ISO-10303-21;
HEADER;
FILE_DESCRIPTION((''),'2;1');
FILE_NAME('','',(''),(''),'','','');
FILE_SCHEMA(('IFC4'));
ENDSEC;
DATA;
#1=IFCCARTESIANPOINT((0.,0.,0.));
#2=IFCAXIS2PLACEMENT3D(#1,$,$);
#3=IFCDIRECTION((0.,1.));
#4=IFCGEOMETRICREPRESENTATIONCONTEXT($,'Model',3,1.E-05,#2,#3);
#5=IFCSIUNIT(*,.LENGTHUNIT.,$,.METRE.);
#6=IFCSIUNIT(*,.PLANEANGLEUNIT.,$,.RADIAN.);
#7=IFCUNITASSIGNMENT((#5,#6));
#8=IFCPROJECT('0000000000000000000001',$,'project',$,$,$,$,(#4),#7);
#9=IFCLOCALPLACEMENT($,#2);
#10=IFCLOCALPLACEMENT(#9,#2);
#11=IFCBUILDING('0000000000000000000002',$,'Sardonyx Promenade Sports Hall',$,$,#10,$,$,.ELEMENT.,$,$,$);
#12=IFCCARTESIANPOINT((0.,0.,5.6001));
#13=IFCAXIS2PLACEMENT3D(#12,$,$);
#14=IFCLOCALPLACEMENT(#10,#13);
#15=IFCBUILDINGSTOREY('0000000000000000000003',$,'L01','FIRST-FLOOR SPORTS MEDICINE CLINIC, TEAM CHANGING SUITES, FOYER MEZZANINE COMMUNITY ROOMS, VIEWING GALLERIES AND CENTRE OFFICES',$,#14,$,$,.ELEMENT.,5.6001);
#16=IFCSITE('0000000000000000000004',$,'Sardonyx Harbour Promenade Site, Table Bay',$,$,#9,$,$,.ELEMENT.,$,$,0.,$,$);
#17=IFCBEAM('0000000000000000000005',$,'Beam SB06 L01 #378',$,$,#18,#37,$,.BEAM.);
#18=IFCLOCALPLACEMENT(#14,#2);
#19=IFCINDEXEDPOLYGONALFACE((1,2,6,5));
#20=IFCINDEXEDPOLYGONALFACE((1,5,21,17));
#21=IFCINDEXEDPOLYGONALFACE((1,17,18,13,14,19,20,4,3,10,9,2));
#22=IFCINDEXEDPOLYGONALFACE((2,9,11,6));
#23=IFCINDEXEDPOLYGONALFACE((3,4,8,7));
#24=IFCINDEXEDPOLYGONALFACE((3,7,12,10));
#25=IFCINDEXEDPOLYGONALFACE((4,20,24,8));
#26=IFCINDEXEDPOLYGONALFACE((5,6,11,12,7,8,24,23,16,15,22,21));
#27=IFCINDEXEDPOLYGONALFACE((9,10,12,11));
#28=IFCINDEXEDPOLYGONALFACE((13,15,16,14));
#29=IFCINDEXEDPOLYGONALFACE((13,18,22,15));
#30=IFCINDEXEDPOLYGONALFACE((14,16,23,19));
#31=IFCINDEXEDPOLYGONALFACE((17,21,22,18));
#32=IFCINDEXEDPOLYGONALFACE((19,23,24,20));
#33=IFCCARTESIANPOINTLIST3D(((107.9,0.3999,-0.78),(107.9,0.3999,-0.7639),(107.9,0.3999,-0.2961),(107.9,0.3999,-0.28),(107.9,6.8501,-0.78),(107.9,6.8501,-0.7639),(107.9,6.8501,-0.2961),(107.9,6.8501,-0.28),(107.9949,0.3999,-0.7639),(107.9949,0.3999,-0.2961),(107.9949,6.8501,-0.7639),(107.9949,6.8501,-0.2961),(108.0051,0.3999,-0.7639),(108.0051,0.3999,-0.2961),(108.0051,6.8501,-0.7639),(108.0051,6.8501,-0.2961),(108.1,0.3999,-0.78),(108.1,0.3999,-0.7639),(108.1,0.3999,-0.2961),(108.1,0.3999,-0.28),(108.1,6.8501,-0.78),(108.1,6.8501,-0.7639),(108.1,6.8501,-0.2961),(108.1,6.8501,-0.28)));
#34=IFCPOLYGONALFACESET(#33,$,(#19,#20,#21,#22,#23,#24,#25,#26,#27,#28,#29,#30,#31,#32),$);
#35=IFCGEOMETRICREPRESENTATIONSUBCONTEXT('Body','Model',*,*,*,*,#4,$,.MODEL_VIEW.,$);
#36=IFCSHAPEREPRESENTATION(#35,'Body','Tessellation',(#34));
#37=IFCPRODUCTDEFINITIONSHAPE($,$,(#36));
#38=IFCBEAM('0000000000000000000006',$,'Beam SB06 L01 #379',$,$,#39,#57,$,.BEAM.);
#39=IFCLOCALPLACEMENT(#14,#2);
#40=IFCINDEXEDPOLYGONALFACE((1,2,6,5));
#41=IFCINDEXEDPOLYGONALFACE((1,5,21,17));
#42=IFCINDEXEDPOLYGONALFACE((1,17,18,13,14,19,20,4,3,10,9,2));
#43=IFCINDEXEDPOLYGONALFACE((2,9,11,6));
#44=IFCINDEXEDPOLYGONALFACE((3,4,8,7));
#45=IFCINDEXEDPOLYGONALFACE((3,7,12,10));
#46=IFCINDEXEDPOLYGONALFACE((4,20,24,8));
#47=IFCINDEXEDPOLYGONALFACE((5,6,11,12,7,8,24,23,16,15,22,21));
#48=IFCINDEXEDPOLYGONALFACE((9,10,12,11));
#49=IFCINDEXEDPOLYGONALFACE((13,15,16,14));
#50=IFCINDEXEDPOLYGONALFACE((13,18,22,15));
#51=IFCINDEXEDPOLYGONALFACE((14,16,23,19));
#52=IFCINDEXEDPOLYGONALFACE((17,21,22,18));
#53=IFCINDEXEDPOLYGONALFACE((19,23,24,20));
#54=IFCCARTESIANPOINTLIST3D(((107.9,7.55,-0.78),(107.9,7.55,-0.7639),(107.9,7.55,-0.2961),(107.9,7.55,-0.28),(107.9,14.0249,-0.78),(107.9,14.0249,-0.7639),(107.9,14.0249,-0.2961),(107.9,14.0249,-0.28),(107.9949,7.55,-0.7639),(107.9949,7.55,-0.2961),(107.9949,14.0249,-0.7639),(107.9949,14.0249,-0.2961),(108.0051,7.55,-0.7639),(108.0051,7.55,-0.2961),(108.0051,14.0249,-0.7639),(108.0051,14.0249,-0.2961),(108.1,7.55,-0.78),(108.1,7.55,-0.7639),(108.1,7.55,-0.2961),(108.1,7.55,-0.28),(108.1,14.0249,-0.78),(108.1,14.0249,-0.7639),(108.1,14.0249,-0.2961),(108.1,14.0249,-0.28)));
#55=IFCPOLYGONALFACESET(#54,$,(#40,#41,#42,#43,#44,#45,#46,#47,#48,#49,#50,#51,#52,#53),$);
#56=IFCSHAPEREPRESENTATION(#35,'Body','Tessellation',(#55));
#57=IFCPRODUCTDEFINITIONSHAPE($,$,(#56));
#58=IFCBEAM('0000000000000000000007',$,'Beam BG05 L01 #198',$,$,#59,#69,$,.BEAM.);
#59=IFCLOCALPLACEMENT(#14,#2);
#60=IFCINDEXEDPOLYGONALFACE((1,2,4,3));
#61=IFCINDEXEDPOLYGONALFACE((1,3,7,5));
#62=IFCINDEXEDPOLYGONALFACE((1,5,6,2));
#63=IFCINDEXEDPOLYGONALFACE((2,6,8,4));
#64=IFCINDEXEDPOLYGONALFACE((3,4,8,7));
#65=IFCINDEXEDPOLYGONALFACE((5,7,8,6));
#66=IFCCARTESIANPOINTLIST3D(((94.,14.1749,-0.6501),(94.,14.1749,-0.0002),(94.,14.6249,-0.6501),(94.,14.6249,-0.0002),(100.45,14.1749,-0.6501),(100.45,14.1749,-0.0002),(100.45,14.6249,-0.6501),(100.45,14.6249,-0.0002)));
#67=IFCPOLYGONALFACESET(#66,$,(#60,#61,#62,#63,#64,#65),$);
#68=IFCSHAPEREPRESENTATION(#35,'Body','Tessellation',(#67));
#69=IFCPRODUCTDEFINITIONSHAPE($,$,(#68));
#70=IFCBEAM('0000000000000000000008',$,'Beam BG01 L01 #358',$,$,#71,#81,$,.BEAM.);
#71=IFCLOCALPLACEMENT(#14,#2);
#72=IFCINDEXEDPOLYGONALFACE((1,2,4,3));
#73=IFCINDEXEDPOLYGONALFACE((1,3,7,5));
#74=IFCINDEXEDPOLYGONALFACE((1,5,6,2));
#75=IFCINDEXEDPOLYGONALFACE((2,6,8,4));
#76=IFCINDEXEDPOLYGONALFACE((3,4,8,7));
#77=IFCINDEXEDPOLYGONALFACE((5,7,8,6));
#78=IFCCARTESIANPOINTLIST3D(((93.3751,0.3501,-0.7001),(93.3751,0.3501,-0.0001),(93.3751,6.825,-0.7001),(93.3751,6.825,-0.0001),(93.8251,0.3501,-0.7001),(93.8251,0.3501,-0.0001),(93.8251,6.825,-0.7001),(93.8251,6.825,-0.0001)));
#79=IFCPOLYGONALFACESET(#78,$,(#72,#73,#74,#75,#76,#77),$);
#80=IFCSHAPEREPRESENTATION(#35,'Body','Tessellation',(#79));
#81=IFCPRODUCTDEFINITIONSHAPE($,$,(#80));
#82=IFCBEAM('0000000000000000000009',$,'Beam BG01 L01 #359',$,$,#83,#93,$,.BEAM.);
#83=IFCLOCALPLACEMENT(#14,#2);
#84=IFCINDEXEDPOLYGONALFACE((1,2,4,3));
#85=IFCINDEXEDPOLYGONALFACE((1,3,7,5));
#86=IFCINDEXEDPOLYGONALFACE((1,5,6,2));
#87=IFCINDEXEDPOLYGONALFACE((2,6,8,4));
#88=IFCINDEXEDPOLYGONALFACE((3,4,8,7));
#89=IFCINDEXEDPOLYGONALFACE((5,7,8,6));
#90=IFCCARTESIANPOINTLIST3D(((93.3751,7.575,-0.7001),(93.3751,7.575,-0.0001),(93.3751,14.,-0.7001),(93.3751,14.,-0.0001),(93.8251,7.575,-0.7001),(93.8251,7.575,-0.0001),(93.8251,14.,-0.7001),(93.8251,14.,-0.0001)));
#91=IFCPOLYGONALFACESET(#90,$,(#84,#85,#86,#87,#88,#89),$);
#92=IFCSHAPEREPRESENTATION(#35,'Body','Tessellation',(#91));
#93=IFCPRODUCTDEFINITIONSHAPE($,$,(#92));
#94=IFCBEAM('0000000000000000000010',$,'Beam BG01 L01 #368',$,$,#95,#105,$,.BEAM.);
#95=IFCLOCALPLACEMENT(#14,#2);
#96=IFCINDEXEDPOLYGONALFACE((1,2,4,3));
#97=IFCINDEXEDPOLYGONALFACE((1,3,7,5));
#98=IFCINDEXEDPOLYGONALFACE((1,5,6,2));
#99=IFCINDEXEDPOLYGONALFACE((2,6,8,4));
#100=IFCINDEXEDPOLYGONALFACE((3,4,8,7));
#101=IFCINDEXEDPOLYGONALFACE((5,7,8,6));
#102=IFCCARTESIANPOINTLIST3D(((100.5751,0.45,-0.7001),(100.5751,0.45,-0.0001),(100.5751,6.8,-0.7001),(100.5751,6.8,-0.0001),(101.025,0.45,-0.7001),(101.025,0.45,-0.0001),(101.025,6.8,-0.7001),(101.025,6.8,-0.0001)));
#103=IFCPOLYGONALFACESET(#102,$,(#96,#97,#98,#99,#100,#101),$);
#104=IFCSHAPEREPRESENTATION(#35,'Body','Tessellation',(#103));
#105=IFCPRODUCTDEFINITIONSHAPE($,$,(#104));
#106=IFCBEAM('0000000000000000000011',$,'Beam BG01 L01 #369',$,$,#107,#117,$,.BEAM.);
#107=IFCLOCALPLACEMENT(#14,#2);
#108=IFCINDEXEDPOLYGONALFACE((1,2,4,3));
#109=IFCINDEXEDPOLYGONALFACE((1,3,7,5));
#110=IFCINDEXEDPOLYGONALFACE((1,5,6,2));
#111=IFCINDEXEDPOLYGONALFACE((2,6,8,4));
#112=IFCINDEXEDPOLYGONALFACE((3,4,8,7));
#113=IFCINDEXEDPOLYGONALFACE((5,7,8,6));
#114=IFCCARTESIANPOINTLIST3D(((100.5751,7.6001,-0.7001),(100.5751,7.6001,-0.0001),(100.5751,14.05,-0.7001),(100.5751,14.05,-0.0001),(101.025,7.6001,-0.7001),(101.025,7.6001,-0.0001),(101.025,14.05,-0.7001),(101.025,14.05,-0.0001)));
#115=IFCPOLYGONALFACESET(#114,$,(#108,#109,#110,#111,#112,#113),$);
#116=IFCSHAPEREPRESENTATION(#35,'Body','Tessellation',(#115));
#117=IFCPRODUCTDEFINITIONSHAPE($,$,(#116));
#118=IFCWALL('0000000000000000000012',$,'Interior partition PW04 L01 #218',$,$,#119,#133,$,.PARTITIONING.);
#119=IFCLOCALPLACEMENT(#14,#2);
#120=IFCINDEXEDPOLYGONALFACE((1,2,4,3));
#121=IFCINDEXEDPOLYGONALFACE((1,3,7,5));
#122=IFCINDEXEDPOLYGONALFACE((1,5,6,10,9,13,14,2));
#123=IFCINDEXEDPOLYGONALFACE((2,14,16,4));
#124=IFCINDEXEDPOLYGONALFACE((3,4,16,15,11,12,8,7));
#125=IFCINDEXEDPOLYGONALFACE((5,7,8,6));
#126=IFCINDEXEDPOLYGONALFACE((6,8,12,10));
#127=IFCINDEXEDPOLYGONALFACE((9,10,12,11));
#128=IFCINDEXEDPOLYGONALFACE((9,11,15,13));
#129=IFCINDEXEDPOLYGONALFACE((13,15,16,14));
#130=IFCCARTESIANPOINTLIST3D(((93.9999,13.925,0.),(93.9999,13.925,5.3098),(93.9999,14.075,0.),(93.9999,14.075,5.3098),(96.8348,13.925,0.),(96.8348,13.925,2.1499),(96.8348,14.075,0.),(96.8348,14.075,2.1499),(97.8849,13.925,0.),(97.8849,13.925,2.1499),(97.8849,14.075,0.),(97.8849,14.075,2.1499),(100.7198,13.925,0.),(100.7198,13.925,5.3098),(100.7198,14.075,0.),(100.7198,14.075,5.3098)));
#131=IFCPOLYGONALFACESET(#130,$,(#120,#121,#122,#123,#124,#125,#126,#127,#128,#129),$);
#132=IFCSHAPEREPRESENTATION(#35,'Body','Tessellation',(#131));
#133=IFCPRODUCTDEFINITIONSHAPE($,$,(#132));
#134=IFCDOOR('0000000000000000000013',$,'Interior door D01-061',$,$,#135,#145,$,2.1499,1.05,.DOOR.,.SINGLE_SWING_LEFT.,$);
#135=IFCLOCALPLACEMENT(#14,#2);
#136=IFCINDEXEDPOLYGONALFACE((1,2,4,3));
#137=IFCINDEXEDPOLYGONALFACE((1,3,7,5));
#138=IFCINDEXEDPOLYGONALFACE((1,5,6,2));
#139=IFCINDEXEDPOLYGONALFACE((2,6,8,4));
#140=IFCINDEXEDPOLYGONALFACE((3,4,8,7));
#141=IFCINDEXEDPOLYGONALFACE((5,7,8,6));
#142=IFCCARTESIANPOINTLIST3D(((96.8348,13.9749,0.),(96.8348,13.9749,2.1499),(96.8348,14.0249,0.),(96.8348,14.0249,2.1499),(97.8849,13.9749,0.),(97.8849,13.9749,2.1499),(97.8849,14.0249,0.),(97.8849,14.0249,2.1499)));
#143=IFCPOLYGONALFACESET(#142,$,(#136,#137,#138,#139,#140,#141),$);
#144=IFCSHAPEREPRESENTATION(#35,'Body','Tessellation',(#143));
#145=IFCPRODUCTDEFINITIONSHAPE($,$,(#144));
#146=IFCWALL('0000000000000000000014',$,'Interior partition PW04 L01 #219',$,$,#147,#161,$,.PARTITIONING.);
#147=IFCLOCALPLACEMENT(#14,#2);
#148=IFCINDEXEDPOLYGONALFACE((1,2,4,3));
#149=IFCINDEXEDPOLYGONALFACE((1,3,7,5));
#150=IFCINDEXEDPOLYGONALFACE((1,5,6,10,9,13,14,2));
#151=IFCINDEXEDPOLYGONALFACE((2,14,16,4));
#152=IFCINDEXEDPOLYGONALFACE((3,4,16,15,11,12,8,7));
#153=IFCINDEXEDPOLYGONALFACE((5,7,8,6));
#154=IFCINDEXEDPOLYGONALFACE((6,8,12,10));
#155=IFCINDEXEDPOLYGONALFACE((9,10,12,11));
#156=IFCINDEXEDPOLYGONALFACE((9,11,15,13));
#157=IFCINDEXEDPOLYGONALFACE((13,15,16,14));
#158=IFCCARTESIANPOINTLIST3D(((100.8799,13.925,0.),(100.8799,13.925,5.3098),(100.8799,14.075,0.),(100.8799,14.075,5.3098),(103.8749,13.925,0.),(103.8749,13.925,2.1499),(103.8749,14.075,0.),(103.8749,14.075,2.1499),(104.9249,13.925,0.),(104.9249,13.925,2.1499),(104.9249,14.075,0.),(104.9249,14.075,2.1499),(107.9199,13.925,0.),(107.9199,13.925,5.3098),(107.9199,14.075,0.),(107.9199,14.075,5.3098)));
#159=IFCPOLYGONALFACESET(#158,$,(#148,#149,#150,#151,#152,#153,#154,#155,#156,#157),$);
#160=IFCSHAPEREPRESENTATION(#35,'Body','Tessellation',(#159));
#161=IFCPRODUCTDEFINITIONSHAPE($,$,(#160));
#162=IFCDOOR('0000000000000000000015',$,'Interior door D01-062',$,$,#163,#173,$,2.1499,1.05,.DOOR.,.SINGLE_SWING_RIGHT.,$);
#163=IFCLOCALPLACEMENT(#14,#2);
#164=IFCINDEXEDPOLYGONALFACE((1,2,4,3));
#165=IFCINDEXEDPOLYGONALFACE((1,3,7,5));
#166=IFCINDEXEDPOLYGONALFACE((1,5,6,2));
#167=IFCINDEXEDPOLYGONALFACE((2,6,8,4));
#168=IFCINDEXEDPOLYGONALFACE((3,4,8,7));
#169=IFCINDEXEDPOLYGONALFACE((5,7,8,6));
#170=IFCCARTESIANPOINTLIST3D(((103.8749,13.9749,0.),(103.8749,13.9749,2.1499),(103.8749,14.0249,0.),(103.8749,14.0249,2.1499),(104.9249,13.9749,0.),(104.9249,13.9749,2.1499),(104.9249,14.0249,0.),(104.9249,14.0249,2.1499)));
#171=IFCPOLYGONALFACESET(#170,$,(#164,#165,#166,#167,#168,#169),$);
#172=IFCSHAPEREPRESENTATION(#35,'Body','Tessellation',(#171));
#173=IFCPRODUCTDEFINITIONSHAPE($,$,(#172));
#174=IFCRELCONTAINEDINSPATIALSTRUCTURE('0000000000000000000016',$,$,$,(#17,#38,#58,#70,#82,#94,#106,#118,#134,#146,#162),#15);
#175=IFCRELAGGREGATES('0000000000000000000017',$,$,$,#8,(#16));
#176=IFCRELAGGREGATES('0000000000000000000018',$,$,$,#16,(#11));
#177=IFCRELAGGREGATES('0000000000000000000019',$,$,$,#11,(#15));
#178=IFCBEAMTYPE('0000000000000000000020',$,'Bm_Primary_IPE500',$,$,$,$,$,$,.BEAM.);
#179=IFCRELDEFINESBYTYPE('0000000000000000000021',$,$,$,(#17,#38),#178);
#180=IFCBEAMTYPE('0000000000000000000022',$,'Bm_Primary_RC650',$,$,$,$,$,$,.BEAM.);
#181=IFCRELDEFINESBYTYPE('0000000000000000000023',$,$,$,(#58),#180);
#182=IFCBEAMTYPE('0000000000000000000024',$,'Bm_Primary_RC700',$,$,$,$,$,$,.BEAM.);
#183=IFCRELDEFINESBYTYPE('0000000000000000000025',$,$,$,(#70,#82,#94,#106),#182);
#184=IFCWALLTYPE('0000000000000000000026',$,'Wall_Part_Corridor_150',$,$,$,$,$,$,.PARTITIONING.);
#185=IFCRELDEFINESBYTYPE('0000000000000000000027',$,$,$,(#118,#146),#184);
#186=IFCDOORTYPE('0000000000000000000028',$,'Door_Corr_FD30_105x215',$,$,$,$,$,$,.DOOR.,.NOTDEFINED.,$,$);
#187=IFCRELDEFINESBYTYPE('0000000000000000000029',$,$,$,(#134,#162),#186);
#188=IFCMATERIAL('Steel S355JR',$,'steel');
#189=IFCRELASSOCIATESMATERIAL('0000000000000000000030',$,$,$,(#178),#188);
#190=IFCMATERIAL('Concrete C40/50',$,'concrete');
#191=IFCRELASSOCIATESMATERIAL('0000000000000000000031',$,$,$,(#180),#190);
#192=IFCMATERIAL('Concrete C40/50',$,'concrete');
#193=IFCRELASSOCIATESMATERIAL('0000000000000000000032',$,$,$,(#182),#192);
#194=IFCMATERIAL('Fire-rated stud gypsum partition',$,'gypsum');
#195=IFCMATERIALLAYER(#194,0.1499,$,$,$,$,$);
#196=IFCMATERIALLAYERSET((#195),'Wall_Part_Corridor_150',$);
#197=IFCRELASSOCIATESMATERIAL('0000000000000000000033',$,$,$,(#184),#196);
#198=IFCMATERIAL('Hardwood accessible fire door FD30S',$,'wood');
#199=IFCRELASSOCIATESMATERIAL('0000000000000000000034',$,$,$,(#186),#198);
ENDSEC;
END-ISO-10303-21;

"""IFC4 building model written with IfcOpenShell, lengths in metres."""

from ifc_helpers import new_model, si_unit, direction, frame, frame_2d, origin, origin_2d, place, context, subcontext, project, spatial, rectangle, i_section, extrude, material, layer, layer_set, material_profile, profile_set, type_object, element, fill, save


model = new_model("IFC4")

# Units and contexts
model_context = context("Model", 3, precision=1e-05, world=origin(), true_north=direction((0.0, 1.0)))
body_context = subcontext(model_context, "Body", "Model", "MODEL_VIEW")
ifc_project = project(units=[si_unit("LENGTHUNIT", "METRE"), si_unit("PLANEANGLEUNIT", "RADIAN")], contexts=[model_context])

# Site, building, storey
site_placement = place(None, origin())
site = spatial("IfcSite", under=ifc_project, at=site_placement, Name="Sardonyx Harbour Promenade Site, Table Bay", CompositionType="ELEMENT", RefElevation=0.0)
building_placement = place(site_placement, origin())
building = spatial("IfcBuilding", under=site, at=building_placement, Name="Sardonyx Promenade Sports Hall", CompositionType="ELEMENT")
storey_placement = place(building_placement, frame((0.0, 0.0, 5.6001)))
storey = spatial("IfcBuildingStorey", under=building, at=storey_placement, Name="L01", Description="FIRST-FLOOR SPORTS MEDICINE CLINIC, TEAM CHANGING SUITES, FOYER MEZZANINE COMMUNITY ROOMS, VIEWING GALLERIES AND CENTRE OFFICES", CompositionType="ELEMENT", Elevation=5.6001)

# Beams
ifc_material_1 = material(Name="Steel S355JR", Category="steel")
ifc_material_profile_1 = material_profile(ifc_material_1, i_section(OverallWidth=0.2, OverallDepth=0.5, WebThickness=0.0103, FlangeThickness=0.0161, at=origin_2d()))
ifc_profile_set_1 = profile_set([ifc_material_profile_1], Name="Steel S355JR")
beam_type_1 = type_object("IfcBeamType", Name="Bm_Primary_IPE500", PredefinedType="BEAM", material=ifc_profile_set_1)
beam_1_placement = place(storey_placement, frame((108.0, 0.3999, -0.53), z_axis=(0.0, 1.0, 0.0), x_axis=(-1.0, 0.0, 0.0)))
element("IfcBeam", 1, at=beam_1_placement, inside=storey, type_object=beam_type_1, Name="Beam SB06 L01 #378", PredefinedType="BEAM", context=body_context, shape_type="SweptSolid", body=[
    extrude(i_section(OverallWidth=0.2, OverallDepth=0.5, WebThickness=0.0103, FlangeThickness=0.0161, at=origin_2d()), origin(), (0.0, 0.0, 1.0), 6.4502),
])
beam_2_placement = place(storey_placement, frame((108.0, 7.55, -0.53), z_axis=(0.0, 1.0, 0.0), x_axis=(-1.0, 0.0, 0.0)))
element("IfcBeam", 2, at=beam_2_placement, inside=storey, type_object=beam_type_1, Name="Beam SB06 L01 #379", PredefinedType="BEAM", context=body_context, shape_type="SweptSolid", body=[
    extrude(i_section(OverallWidth=0.2, OverallDepth=0.5, WebThickness=0.0103, FlangeThickness=0.0161, at=origin_2d()), origin(), (0.0, 0.0, 1.0), 6.4749),
])
ifc_material_2 = material(Name="Concrete C40/50", Category="concrete")
ifc_material_profile_2 = material_profile(ifc_material_2, rectangle(XDim=0.45, YDim=0.6499, at=origin_2d()))
ifc_profile_set_2 = profile_set([ifc_material_profile_2], Name="Concrete C40/50")
beam_type_2 = type_object("IfcBeamType", Name="Bm_Primary_RC650", PredefinedType="BEAM", material=ifc_profile_set_2)
beam_3_placement = place(storey_placement, frame((94.0, 14.3999, -0.3252), z_axis=(1.0, 0.0, 0.0), x_axis=(0.0, 1.0, 0.0)))
element("IfcBeam", 3, at=beam_3_placement, inside=storey, type_object=beam_type_2, Name="Beam BG05 L01 #198", PredefinedType="BEAM", context=body_context, shape_type="SweptSolid", body=[
    extrude(rectangle(XDim=0.45, YDim=0.6499, at=origin_2d()), origin(), (0.0, 0.0, 1.0), 6.45),
])
ifc_material_3 = material(Name="Concrete C40/50", Category="concrete")
ifc_material_profile_3 = material_profile(ifc_material_3, rectangle(XDim=0.45, YDim=0.7, at=origin_2d()))
ifc_profile_set_3 = profile_set([ifc_material_profile_3], Name="Concrete C40/50")
beam_type_3 = type_object("IfcBeamType", Name="Bm_Primary_RC700", PredefinedType="BEAM", material=ifc_profile_set_3)
beam_4_placement = place(storey_placement, frame((93.6001, 0.3501, -0.3501), z_axis=(0.0, 1.0, 0.0), x_axis=(-1.0, 0.0, 0.0)))
element("IfcBeam", 4, at=beam_4_placement, inside=storey, type_object=beam_type_3, Name="Beam BG01 L01 #358", PredefinedType="BEAM", context=body_context, shape_type="SweptSolid", body=[
    extrude(rectangle(XDim=0.45, YDim=0.7, at=origin_2d()), origin(), (0.0, 0.0, 1.0), 6.4749),
])
beam_5_placement = place(storey_placement, frame((93.6001, 7.575, -0.3501), z_axis=(0.0, 1.0, 0.0), x_axis=(-1.0, 0.0, 0.0)))
element("IfcBeam", 5, at=beam_5_placement, inside=storey, type_object=beam_type_3, Name="Beam BG01 L01 #359", PredefinedType="BEAM", context=body_context, shape_type="SweptSolid", body=[
    extrude(rectangle(XDim=0.45, YDim=0.7, at=origin_2d()), origin(), (0.0, 0.0, 1.0), 6.425),
])
beam_6_placement = place(storey_placement, frame((100.8, 0.45, -0.3501), z_axis=(0.0, 1.0, 0.0), x_axis=(-1.0, 0.0, 0.0)))
element("IfcBeam", 6, at=beam_6_placement, inside=storey, type_object=beam_type_3, Name="Beam BG01 L01 #368", PredefinedType="BEAM", context=body_context, shape_type="SweptSolid", body=[
    extrude(rectangle(XDim=0.45, YDim=0.7, at=origin_2d()), origin(), (0.0, 0.0, 1.0), 6.3501),
])
beam_7_placement = place(storey_placement, frame((100.8, 7.6001, -0.3501), z_axis=(0.0, 1.0, 0.0), x_axis=(-1.0, 0.0, 0.0)))
element("IfcBeam", 7, at=beam_7_placement, inside=storey, type_object=beam_type_3, Name="Beam BG01 L01 #369", PredefinedType="BEAM", context=body_context, shape_type="SweptSolid", body=[
    extrude(rectangle(XDim=0.45, YDim=0.7, at=origin_2d()), origin(), (0.0, 0.0, 1.0), 6.45),
])

# Walls, openings, doors
ifc_material_4 = material(Name="Fire-rated stud gypsum partition", Category="gypsum")
ifc_layer_1 = layer(ifc_material_4, 0.1499)
ifc_layer_set_1 = layer_set([ifc_layer_1], Name="Wall_Part_Corridor_150")
wall_type_1 = type_object("IfcWallType", Name="Wall_Part_Corridor_150", PredefinedType="PARTITIONING", material=ifc_layer_set_1)
wall_1_placement = place(storey_placement, frame((94.0, 14.0, 0.0), z_axis=(0.0, 0.0, 1.0), x_axis=(1.0, 0.0, 0.0)))
wall_1 = element("IfcWall", 8, at=wall_1_placement, inside=storey, type_object=wall_type_1, Name="Interior partition PW04 L01 #218", PredefinedType="PARTITIONING", context=body_context, shape_type="SweptSolid", body=[
    extrude(rectangle(XDim=6.72, YDim=0.1499, at=frame_2d((3.3599, 0.0))), origin(), (0.0, 0.0, 1.0), 5.3098),
])
opening_1_placement = place(wall_1_placement, frame((2.835, 0.0, 0.0)))
opening_1 = element("IfcOpeningElement", 9, at=opening_1_placement, cuts=wall_1, PredefinedType="OPENING", context=body_context, shape_type="SweptSolid", body=[
    extrude(rectangle(XDim=1.05, YDim=2.1499, at=frame_2d((0.5249, 1.075))), frame((0.0, 0.085, 0.0), z_axis=(0.0, -1.0, 0.0), x_axis=(1.0, 0.0, 0.0)), (0.0, 0.0, 1.0), 0.17),
])
ifc_material_5 = material(Name="Hardwood accessible fire door FD30S", Category="wood")
door_type_1 = type_object("IfcDoorType", Name="Door_Corr_FD30_105x215", OperationType="NOTDEFINED", PredefinedType="DOOR", material=ifc_material_5)
door_1_placement = place(opening_1_placement, origin())
door_1 = element("IfcDoor", 10, at=door_1_placement, inside=storey, type_object=door_type_1, Name="Interior door D01-061", OperationType="SINGLE_SWING_LEFT", OverallHeight=2.1499, OverallWidth=1.05, PredefinedType="DOOR", context=body_context, shape_type="SweptSolid", body=[
    extrude(rectangle(XDim=1.05, YDim=2.1499, at=frame_2d((0.5249, 1.075))), frame((0.0, 0.0249, 0.0), z_axis=(0.0, -1.0, 0.0), x_axis=(1.0, 0.0, 0.0)), (0.0, 0.0, 1.0), 0.05),
])
fill(opening_1, door_1)
wall_2_placement = place(storey_placement, frame((100.8799, 14.0, 0.0), z_axis=(0.0, 0.0, 1.0), x_axis=(1.0, 0.0, 0.0)))
wall_2 = element("IfcWall", 11, at=wall_2_placement, inside=storey, type_object=wall_type_1, Name="Interior partition PW04 L01 #219", PredefinedType="PARTITIONING", context=body_context, shape_type="SweptSolid", body=[
    extrude(rectangle(XDim=7.04, YDim=0.1499, at=frame_2d((3.52, 0.0))), origin(), (0.0, 0.0, 1.0), 5.3098),
])
opening_2_placement = place(wall_2_placement, frame((2.9951, 0.0, 0.0)))
opening_2 = element("IfcOpeningElement", 12, at=opening_2_placement, cuts=wall_2, PredefinedType="OPENING", context=body_context, shape_type="SweptSolid", body=[
    extrude(rectangle(XDim=1.05, YDim=2.1499, at=frame_2d((0.5249, 1.075))), frame((0.0, 0.085, 0.0), z_axis=(0.0, -1.0, 0.0), x_axis=(1.0, 0.0, 0.0)), (0.0, 0.0, 1.0), 0.17),
])
door_2_placement = place(opening_2_placement, origin())
door_2 = element("IfcDoor", 13, at=door_2_placement, inside=storey, type_object=door_type_1, Name="Interior door D01-062", OperationType="SINGLE_SWING_RIGHT", OverallHeight=2.1499, OverallWidth=1.05, PredefinedType="DOOR", context=body_context, shape_type="SweptSolid", body=[
    extrude(rectangle(XDim=1.05, YDim=2.1499, at=frame_2d((0.5249, 1.075))), frame((0.0, 0.0249, 0.0), z_axis=(0.0, -1.0, 0.0), x_axis=(1.0, 0.0, 0.0)), (0.0, 0.0, 1.0), 0.05),
])
fill(opening_2, door_2)

save(model, "model.ifc")
